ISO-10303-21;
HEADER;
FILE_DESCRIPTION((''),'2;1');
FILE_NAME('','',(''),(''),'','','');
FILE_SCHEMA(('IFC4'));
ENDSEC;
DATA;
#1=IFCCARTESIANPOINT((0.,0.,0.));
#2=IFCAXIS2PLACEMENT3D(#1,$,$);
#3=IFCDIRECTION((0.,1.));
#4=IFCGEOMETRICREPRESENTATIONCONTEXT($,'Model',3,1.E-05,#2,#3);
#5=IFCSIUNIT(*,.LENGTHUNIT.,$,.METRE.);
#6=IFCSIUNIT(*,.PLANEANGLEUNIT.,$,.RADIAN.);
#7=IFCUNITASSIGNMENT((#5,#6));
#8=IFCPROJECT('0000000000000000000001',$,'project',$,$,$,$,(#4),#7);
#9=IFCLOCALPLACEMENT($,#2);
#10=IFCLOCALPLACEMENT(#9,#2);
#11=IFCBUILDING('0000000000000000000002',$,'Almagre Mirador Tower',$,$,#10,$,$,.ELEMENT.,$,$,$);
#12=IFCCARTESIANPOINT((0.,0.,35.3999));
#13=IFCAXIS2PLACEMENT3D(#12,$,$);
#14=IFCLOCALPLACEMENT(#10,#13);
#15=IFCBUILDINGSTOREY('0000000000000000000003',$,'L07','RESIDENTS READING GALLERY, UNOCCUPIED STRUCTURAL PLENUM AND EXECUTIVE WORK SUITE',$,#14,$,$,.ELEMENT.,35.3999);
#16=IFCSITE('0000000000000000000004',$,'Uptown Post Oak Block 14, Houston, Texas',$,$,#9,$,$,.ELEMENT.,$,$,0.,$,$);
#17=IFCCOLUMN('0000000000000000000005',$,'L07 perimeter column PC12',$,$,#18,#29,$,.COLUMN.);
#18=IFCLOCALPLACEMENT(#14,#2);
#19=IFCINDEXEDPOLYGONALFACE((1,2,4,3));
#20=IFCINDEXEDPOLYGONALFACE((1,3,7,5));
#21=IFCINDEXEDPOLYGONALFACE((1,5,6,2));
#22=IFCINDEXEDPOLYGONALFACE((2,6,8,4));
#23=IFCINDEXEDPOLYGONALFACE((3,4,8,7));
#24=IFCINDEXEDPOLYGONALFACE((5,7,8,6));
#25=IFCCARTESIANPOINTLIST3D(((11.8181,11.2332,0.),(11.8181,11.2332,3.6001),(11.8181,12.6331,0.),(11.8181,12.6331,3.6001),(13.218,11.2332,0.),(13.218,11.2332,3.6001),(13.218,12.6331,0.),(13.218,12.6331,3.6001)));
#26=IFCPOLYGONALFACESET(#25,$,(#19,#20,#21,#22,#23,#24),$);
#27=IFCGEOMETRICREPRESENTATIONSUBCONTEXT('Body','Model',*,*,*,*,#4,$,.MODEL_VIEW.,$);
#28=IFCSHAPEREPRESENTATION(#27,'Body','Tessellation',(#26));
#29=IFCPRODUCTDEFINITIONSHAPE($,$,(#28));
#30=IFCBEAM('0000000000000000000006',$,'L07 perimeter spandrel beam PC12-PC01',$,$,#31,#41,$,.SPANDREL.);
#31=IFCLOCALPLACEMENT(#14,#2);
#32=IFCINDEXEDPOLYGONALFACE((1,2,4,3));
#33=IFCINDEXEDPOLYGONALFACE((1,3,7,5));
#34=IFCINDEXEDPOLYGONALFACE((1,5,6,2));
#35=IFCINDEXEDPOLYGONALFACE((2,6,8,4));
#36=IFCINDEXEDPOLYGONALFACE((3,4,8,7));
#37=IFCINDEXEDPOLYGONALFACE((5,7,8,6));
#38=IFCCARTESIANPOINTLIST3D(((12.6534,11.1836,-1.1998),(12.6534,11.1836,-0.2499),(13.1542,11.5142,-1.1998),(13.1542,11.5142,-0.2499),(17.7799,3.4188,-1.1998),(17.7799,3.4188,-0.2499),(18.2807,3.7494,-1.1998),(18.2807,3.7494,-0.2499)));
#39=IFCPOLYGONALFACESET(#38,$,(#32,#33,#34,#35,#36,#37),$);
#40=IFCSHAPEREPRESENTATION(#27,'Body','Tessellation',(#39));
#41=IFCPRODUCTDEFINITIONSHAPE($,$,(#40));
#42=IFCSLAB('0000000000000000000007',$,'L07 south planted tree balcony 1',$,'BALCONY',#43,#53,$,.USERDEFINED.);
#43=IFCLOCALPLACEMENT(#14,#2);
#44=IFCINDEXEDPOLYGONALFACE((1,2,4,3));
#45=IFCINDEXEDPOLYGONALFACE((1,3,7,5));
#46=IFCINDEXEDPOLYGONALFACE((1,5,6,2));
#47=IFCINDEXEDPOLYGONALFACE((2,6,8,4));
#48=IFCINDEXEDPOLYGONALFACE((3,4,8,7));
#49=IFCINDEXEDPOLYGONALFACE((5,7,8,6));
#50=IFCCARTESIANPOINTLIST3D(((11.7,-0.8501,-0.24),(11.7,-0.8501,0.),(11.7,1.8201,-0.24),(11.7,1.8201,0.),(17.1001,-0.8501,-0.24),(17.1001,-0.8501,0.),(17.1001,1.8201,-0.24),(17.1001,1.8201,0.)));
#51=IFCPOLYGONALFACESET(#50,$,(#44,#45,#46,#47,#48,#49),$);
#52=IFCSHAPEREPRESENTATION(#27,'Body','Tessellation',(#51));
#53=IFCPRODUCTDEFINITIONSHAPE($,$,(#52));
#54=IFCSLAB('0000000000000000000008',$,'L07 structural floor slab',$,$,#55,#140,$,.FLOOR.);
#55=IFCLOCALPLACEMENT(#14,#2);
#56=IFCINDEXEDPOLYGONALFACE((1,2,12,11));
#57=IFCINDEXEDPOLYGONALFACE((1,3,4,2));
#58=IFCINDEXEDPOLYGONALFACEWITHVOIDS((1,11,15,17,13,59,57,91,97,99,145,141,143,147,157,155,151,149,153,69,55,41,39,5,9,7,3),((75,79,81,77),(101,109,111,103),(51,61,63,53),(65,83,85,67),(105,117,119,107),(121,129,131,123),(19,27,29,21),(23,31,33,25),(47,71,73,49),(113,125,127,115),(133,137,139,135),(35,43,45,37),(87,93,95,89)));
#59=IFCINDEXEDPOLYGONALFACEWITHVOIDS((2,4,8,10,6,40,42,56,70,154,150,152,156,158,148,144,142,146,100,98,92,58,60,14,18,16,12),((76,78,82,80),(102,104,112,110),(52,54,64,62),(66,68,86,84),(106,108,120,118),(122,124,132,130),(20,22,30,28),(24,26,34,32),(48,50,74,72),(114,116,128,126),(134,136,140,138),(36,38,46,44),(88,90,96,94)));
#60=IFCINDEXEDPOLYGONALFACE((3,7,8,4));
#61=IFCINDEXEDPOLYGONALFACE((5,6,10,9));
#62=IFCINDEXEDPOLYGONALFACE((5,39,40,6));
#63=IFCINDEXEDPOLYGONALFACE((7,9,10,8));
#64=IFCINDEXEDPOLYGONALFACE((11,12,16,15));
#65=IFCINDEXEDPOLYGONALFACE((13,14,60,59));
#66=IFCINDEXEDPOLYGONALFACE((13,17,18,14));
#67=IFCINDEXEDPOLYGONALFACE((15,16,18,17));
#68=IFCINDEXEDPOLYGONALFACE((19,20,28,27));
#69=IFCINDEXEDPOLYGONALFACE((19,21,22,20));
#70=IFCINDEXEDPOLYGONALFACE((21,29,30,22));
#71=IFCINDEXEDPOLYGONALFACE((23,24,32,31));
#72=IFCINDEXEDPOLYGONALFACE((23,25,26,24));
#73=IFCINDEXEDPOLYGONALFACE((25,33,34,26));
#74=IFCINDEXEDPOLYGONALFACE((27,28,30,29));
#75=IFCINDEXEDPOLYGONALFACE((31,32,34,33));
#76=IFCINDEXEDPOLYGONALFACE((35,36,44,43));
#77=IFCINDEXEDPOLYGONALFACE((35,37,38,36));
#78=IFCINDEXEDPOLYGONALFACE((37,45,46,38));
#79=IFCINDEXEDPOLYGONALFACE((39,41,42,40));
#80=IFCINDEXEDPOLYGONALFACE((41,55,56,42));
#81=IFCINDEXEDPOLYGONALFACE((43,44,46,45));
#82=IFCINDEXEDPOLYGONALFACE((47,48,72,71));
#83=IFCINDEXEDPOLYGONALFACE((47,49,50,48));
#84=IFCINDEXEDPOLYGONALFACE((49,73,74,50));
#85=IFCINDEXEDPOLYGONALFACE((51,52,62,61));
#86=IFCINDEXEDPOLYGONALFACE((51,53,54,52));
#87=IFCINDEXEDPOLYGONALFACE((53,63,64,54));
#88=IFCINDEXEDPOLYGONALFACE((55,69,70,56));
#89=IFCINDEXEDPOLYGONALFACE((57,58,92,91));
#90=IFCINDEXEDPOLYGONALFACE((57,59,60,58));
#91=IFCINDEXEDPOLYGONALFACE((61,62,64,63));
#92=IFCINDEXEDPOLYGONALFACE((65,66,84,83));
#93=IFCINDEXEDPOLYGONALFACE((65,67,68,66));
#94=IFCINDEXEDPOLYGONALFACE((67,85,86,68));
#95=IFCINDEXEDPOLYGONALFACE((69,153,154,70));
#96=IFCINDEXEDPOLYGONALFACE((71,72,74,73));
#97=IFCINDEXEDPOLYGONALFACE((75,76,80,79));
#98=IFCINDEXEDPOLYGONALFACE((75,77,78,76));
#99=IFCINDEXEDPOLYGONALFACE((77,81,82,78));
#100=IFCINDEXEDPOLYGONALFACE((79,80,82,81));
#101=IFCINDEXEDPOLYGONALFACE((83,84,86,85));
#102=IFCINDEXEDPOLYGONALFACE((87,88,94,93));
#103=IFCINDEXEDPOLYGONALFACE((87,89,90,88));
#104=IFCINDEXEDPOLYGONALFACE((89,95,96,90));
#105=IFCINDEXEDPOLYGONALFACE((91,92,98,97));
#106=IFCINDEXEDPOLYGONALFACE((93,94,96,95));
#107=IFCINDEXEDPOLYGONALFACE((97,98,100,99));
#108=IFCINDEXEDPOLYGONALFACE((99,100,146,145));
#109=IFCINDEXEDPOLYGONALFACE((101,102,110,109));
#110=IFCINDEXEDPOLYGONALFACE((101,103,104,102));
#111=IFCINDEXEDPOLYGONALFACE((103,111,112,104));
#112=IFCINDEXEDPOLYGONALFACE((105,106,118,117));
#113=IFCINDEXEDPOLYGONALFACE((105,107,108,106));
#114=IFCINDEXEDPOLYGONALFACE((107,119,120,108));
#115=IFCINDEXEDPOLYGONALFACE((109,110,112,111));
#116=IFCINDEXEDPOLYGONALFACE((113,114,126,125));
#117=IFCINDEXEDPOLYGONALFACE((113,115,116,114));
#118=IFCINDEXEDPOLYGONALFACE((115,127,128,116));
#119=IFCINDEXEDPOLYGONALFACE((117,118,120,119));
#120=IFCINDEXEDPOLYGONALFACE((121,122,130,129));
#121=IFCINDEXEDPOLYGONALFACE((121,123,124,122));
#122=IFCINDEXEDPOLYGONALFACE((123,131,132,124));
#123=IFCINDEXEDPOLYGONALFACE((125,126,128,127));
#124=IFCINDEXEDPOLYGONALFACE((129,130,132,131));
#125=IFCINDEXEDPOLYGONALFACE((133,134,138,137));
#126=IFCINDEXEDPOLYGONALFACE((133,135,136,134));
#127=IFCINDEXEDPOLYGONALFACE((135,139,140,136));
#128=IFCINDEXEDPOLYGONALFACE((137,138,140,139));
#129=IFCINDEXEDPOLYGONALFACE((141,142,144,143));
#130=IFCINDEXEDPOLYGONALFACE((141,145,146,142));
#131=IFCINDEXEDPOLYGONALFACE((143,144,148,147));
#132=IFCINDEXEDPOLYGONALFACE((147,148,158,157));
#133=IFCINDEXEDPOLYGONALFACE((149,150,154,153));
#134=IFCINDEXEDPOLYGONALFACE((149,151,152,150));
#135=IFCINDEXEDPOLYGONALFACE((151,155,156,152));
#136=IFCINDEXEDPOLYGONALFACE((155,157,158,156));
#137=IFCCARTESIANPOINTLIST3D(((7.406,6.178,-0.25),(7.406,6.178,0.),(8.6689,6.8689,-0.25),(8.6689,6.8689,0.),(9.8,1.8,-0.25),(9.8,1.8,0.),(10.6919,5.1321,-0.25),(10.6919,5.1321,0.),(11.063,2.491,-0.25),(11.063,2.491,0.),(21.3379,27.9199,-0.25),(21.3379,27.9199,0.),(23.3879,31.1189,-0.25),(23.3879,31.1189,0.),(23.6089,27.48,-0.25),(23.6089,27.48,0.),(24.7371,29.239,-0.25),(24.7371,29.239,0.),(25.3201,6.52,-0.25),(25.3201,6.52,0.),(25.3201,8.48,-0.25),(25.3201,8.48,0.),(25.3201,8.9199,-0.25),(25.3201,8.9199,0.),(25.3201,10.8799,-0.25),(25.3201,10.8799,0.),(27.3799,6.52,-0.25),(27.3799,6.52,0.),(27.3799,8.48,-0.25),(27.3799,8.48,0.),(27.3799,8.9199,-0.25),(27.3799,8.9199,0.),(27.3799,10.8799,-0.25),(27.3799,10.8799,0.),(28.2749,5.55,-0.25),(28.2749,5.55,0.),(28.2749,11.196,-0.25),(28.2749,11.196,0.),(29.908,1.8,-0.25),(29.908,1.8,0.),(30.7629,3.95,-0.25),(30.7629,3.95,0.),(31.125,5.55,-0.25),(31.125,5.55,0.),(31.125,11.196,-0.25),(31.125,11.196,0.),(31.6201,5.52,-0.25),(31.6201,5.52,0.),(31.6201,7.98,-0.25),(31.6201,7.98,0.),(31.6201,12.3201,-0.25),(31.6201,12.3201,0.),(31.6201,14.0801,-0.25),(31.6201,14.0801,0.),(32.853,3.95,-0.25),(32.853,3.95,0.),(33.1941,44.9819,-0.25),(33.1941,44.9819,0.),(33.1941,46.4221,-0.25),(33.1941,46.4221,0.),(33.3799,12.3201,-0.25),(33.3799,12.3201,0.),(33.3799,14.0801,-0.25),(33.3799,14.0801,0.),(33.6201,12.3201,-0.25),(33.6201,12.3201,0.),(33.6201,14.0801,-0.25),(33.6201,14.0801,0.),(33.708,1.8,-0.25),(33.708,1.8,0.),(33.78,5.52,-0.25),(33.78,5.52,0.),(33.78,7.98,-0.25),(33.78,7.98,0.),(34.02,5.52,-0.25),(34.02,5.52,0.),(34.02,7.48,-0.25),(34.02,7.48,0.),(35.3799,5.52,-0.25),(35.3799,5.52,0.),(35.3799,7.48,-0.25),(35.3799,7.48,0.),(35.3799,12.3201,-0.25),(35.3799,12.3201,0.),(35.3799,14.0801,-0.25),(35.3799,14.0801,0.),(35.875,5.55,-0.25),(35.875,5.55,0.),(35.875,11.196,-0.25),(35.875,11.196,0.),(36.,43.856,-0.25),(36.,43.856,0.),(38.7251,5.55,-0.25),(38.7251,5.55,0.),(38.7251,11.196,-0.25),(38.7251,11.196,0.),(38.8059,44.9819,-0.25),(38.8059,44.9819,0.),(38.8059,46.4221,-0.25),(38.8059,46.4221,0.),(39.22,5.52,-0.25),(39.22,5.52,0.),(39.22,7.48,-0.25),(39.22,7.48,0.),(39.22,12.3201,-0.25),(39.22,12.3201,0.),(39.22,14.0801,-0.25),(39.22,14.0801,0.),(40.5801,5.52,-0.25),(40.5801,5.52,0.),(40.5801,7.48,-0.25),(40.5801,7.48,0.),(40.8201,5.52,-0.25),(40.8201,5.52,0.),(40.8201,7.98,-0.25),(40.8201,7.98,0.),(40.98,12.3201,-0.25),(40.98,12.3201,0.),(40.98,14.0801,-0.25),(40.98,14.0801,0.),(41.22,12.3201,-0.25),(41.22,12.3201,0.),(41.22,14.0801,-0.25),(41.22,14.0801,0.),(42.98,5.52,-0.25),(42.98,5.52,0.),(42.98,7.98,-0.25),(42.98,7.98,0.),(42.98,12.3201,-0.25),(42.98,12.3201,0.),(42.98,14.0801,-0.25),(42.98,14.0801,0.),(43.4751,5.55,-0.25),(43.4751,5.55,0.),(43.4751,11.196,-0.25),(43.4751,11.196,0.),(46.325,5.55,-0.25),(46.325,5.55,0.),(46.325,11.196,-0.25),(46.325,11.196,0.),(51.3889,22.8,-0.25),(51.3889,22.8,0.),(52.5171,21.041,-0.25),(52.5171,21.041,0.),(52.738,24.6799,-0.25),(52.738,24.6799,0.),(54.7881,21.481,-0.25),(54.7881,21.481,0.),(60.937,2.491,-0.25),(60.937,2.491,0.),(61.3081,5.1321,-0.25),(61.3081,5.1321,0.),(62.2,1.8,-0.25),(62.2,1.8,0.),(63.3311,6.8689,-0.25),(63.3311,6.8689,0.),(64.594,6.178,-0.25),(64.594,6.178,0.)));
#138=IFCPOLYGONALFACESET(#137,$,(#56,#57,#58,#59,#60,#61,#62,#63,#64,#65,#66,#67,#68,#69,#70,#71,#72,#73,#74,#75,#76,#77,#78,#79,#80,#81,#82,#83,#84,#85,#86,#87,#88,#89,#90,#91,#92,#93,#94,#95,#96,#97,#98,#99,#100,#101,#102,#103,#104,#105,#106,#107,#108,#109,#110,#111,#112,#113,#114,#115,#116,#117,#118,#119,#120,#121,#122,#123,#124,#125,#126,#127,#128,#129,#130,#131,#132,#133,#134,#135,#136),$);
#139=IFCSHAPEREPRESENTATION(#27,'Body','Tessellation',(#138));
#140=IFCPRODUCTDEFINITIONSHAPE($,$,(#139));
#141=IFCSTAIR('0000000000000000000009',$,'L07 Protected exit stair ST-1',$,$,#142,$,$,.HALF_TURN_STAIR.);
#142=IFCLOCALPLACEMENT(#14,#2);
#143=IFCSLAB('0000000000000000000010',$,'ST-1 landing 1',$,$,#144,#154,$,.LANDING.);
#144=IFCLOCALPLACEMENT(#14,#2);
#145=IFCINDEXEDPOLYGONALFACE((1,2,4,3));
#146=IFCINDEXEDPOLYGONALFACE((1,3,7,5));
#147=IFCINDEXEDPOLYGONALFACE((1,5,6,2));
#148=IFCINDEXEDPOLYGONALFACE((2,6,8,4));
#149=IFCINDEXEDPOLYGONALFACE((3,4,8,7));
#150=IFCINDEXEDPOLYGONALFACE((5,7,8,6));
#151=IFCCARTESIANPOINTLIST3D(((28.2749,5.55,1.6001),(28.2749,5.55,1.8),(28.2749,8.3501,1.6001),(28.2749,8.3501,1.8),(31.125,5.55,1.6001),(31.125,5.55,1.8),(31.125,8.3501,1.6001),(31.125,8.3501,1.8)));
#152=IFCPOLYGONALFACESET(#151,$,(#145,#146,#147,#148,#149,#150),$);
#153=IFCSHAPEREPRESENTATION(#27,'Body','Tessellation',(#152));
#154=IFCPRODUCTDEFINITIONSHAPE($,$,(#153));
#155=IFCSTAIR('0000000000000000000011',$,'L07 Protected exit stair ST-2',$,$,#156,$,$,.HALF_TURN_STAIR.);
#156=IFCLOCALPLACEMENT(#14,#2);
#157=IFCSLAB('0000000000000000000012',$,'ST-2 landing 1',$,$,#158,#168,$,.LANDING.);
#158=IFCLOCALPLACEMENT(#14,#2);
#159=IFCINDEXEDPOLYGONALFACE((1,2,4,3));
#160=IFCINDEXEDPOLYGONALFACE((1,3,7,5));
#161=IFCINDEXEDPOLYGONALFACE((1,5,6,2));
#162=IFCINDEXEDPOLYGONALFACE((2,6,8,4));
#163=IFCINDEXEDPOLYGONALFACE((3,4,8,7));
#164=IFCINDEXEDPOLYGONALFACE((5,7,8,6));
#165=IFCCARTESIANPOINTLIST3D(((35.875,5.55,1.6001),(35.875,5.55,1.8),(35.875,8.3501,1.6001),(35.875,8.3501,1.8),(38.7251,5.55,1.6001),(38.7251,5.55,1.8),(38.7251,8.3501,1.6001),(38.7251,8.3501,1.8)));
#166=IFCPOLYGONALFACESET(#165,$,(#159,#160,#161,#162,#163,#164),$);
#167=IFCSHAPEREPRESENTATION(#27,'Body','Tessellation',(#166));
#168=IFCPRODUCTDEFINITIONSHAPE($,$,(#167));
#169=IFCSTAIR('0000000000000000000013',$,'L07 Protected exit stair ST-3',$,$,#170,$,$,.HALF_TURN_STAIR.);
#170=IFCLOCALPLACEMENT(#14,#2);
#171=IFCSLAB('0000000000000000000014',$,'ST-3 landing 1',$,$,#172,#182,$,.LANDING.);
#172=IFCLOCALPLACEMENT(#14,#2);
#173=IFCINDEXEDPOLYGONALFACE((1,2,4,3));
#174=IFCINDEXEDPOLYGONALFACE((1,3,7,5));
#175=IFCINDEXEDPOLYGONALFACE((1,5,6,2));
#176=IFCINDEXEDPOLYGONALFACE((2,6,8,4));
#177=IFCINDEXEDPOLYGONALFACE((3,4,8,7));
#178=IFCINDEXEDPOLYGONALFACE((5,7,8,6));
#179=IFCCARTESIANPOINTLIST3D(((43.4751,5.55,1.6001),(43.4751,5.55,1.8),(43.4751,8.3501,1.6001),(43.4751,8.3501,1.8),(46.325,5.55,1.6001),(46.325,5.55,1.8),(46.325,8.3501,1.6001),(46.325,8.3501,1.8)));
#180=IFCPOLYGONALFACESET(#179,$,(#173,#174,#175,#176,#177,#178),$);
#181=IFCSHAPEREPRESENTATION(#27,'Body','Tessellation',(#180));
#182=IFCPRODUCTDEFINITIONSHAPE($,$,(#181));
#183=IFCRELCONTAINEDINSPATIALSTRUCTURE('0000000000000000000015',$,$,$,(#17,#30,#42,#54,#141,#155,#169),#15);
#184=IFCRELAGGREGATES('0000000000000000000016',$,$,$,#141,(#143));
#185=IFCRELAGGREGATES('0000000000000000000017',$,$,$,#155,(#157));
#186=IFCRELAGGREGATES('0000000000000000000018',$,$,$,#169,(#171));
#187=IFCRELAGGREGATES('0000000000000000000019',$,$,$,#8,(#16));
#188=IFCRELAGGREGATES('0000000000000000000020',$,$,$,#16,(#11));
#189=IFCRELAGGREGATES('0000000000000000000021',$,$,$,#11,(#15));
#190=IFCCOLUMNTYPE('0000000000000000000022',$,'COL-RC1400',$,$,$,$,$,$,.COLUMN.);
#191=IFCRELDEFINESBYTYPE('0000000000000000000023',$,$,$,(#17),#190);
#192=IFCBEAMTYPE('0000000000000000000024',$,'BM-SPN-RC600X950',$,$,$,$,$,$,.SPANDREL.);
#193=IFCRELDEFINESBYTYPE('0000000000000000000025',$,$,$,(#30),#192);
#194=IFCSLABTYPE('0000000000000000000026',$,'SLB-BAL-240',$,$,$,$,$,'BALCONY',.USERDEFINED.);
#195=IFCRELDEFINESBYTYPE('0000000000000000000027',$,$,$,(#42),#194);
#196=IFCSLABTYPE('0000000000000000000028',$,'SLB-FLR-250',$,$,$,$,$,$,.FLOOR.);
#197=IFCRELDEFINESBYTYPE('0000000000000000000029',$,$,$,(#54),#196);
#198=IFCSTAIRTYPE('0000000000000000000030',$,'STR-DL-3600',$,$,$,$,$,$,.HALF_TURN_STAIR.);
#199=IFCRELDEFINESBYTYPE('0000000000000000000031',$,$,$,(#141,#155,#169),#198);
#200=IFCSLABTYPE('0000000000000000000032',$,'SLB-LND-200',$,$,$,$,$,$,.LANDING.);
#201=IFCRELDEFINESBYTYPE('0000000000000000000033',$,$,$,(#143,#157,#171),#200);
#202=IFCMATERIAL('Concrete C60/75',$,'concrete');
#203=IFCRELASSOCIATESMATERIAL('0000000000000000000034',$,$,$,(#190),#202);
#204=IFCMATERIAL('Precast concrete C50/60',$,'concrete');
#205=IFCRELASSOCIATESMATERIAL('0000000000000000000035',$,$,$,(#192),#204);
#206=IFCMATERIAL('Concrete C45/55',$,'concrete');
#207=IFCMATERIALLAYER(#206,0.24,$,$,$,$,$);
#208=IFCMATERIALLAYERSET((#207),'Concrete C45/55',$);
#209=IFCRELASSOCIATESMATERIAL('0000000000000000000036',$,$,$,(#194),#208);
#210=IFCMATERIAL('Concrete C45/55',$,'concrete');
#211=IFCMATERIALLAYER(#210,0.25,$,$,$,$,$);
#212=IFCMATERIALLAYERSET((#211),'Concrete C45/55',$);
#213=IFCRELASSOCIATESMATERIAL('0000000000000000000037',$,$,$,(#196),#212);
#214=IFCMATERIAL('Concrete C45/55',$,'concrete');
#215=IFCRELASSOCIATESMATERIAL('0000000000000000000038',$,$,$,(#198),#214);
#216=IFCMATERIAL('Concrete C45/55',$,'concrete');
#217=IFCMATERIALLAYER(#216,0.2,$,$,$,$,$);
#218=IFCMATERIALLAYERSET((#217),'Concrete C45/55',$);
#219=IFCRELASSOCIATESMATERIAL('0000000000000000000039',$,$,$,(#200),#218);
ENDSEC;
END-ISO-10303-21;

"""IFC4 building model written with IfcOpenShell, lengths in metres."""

from ifc_helpers import new_model, si_unit, direction, frame, origin, origin_2d, place, context, subcontext, project, spatial, polyline, rectangle, outline, extrude, material, layer, layer_set, material_profile, profile_set, type_object, element, aggregate, save


model = new_model("IFC4")

# Units and contexts
model_context = context("Model", 3, precision=1e-05, world=origin(), true_north=direction((0.0, 1.0)))
body_context = subcontext(model_context, "Body", "Model", "MODEL_VIEW")
ifc_project = project(units=[si_unit("LENGTHUNIT", "METRE"), si_unit("PLANEANGLEUNIT", "RADIAN")], contexts=[model_context])

# Site, building, storey
site_placement = place(None, origin())
site = spatial("IfcSite", under=ifc_project, at=site_placement, Name="Uptown Post Oak Block 14, Houston, Texas", CompositionType="ELEMENT", RefElevation=0.0)
building_placement = place(site_placement, origin())
building = spatial("IfcBuilding", under=site, at=building_placement, Name="Almagre Mirador Tower", CompositionType="ELEMENT")
storey_placement = place(building_placement, frame((0.0, 0.0, 35.3999)))
storey = spatial("IfcBuildingStorey", under=building, at=storey_placement, Name="L07", Description="RESIDENTS READING GALLERY, UNOCCUPIED STRUCTURAL PLENUM AND EXECUTIVE WORK SUITE", CompositionType="ELEMENT", Elevation=35.3999)

# Column
ifc_material_1 = material(Name="Concrete C60/75", Category="concrete")
ifc_material_profile_1 = material_profile(ifc_material_1, rectangle(XDim=1.3999, YDim=1.3999, at=origin_2d()), Name="RC1400X1400")
ifc_profile_set_1 = profile_set([ifc_material_profile_1], Name="Concrete C60/75")
column_type = type_object("IfcColumnType", Name="COL-RC1400", PredefinedType="COLUMN", material=ifc_profile_set_1)
column_placement = place(storey_placement, frame((12.5181, 11.9331, 0.0), z_axis=(0.0, 0.0, 1.0), x_axis=(1.0, 0.0, 0.0)))
element("IfcColumn", 1, at=column_placement, inside=storey, type_object=column_type, Name="L07 perimeter column PC12", PredefinedType="COLUMN", context=body_context, shape_type="SweptSolid", body=[
    extrude(rectangle(XDim=1.3999, YDim=1.3999, at=origin_2d()), origin(), (0.0, 0.0, 1.0), 3.6001),
])

# Beam
ifc_material_2 = material(Name="Precast concrete C50/60", Category="concrete")
ifc_material_profile_2 = material_profile(ifc_material_2, rectangle(XDim=0.6001, YDim=0.95, at=origin_2d()), Name="RC600X950")
ifc_profile_set_2 = profile_set([ifc_material_profile_2], Name="Precast concrete C50/60")
beam_type = type_object("IfcBeamType", Name="BM-SPN-RC600X950", PredefinedType="SPANDREL", material=ifc_profile_set_2)
beam_placement = place(storey_placement, frame((12.9038, 11.3489, -0.7249), z_axis=(0.550977, -0.834521, 0.0), x_axis=(0.834521, 0.550977, 0.0)))
element("IfcBeam", 2, at=beam_placement, inside=storey, type_object=beam_type, Name="L07 perimeter spandrel beam PC12-PC01", PredefinedType="SPANDREL", context=body_context, shape_type="SweptSolid", body=[
    extrude(rectangle(XDim=0.6001, YDim=0.95, at=origin_2d()), origin(), (0.0, 0.0, 1.0), 9.3044),
])

# Slabs
ifc_material_3 = material(Name="Concrete C45/55", Category="concrete")
ifc_layer_1 = layer(ifc_material_3, 0.24)
ifc_layer_set_1 = layer_set([ifc_layer_1], Name="Concrete C45/55")
slab_type_1 = type_object("IfcSlabType", Name="SLB-BAL-240", ElementType="BALCONY", PredefinedType="USERDEFINED", material=ifc_layer_set_1)
slab_1_placement = place(storey_placement, frame((0.0, 0.0, -0.24)))
element("IfcSlab", 3, at=slab_1_placement, inside=storey, type_object=slab_type_1, Name="L07 south planted tree balcony 1", ObjectType="BALCONY", PredefinedType="USERDEFINED", context=body_context, shape_type="SweptSolid", body=[
    extrude(outline(polyline([(11.7, 1.8201), (17.1001, 1.8201), (17.1001, -0.8501), (11.7, -0.8501), (11.7, 1.8201)])), origin(), (0.0, 0.0, 1.0), 0.24),
])
ifc_material_4 = material(Name="Concrete C45/55", Category="concrete")
ifc_layer_2 = layer(ifc_material_4, 0.25)
ifc_layer_set_2 = layer_set([ifc_layer_2], Name="Concrete C45/55")
slab_type_2 = type_object("IfcSlabType", Name="SLB-FLR-250", PredefinedType="FLOOR", material=ifc_layer_set_2)
slab_2_placement = place(storey_placement, frame((0.0, 0.0, -0.25)))
element("IfcSlab", 4, at=slab_2_placement, inside=storey, type_object=slab_type_2, Name="L07 structural floor slab", PredefinedType="FLOOR", context=body_context, shape_type="SweptSolid", body=[
    extrude(outline(polyline([(7.406, 6.178), (8.6689, 6.8689), (10.6919, 5.1321), (11.063, 2.491), (9.8, 1.8), (29.908, 1.8), (30.7629, 3.95), (32.853, 3.95), (33.708, 1.8), (62.2, 1.8), (60.937, 2.491), (61.3081, 5.1321), (63.3311, 6.8689), (64.594, 6.178), (54.7881, 21.481), (52.5171, 21.041), (51.3889, 22.8), (52.738, 24.6799), (38.8059, 46.4221), (38.8059, 44.9819), (36.0, 43.856), (33.1941, 44.9819), (33.1941, 46.4221), (23.3879, 31.1189), (24.7371, 29.239), (23.6089, 27.48), (21.3379, 27.9199), (7.406, 6.178)]), holes=[polyline([(43.4751, 11.196), (46.325, 11.196), (46.325, 5.55), (43.4751, 5.55), (43.4751, 11.196)]), polyline([(40.8201, 5.52), (40.8201, 7.98), (42.98, 7.98), (42.98, 5.52), (40.8201, 5.52)]), polyline([(41.22, 12.3201), (41.22, 14.0801), (42.98, 14.0801), (42.98, 12.3201), (41.22, 12.3201)]), polyline([(39.22, 12.3201), (39.22, 14.0801), (40.98, 14.0801), (40.98, 12.3201), (39.22, 12.3201)]), polyline([(39.22, 5.52), (39.22, 7.48), (40.5801, 7.48), (40.5801, 5.52), (39.22, 5.52)]), polyline([(35.875, 11.196), (38.7251, 11.196), (38.7251, 5.55), (35.875, 5.55), (35.875, 11.196)]), polyline([(35.3799, 5.52), (34.02, 5.52), (34.02, 7.48), (35.3799, 7.48), (35.3799, 5.52)]), polyline([(35.3799, 12.3201), (33.6201, 12.3201), (33.6201, 14.0801), (35.3799, 14.0801), (35.3799, 12.3201)]), polyline([(31.6201, 5.52), (31.6201, 7.98), (33.78, 7.98), (33.78, 5.52), (31.6201, 5.52)]), polyline([(31.6201, 12.3201), (31.6201, 14.0801), (33.3799, 14.0801), (33.3799, 12.3201), (31.6201, 12.3201)]), polyline([(28.2749, 5.55), (28.2749, 11.196), (31.125, 11.196), (31.125, 5.55), (28.2749, 5.55)]), polyline([(25.3201, 6.52), (25.3201, 8.48), (27.3799, 8.48), (27.3799, 6.52), (25.3201, 6.52)]), polyline([(25.3201, 8.9199), (25.3201, 10.8799), (27.3799, 10.8799), (27.3799, 8.9199), (25.3201, 8.9199)])]), origin(), (0.0, 0.0, 1.0), 0.25),
])

# Stairs, slabs
ifc_material_5 = material(Name="Concrete C45/55", Category="concrete")
stair_type = type_object("IfcStairType", Name="STR-DL-3600", PredefinedType="HALF_TURN_STAIR", material=ifc_material_5)
stair_1_placement = place(storey_placement, origin())
stair_1 = element("IfcStair", 5, at=stair_1_placement, inside=storey, type_object=stair_type, Name="L07 Protected exit stair ST-1", PredefinedType="HALF_TURN_STAIR")
ifc_material_6 = material(Name="Concrete C45/55", Category="concrete")
ifc_layer_3 = layer(ifc_material_6, 0.2)
ifc_layer_set_3 = layer_set([ifc_layer_3], Name="Concrete C45/55")
slab_type_3 = type_object("IfcSlabType", Name="SLB-LND-200", PredefinedType="LANDING", material=ifc_layer_set_3)
slab_3_placement = place(storey_placement, frame((0.0, 0.0, 1.6001)))
slab_3 = element("IfcSlab", 6, at=slab_3_placement, type_object=slab_type_3, Name="ST-1 landing 1", PredefinedType="LANDING", context=body_context, shape_type="SweptSolid", body=[
    extrude(outline(polyline([(28.2749, 8.3501), (28.2749, 5.55), (31.125, 5.55), (31.125, 8.3501), (28.2749, 8.3501)])), origin(), (0.0, 0.0, 1.0), 0.2),
])
aggregate(stair_1, [slab_3])
stair_2_placement = place(storey_placement, origin())
stair_2 = element("IfcStair", 7, at=stair_2_placement, inside=storey, type_object=stair_type, Name="L07 Protected exit stair ST-2", PredefinedType="HALF_TURN_STAIR")
slab_4_placement = place(storey_placement, frame((0.0, 0.0, 1.6001)))
slab_4 = element("IfcSlab", 8, at=slab_4_placement, type_object=slab_type_3, Name="ST-2 landing 1", PredefinedType="LANDING", context=body_context, shape_type="SweptSolid", body=[
    extrude(outline(polyline([(35.875, 8.3501), (35.875, 5.55), (38.7251, 5.55), (38.7251, 8.3501), (35.875, 8.3501)])), origin(), (0.0, 0.0, 1.0), 0.2),
])
aggregate(stair_2, [slab_4])
stair_3_placement = place(storey_placement, origin())
stair_3 = element("IfcStair", 9, at=stair_3_placement, inside=storey, type_object=stair_type, Name="L07 Protected exit stair ST-3", PredefinedType="HALF_TURN_STAIR")
slab_5_placement = place(storey_placement, frame((0.0, 0.0, 1.6001)))
slab_5 = element("IfcSlab", 10, at=slab_5_placement, type_object=slab_type_3, Name="ST-3 landing 1", PredefinedType="LANDING", context=body_context, shape_type="SweptSolid", body=[
    extrude(outline(polyline([(43.4751, 8.3501), (43.4751, 5.55), (46.325, 5.55), (46.325, 8.3501), (43.4751, 8.3501)])), origin(), (0.0, 0.0, 1.0), 0.2),
])
aggregate(stair_3, [slab_5])

save(model, "model.ifc")
